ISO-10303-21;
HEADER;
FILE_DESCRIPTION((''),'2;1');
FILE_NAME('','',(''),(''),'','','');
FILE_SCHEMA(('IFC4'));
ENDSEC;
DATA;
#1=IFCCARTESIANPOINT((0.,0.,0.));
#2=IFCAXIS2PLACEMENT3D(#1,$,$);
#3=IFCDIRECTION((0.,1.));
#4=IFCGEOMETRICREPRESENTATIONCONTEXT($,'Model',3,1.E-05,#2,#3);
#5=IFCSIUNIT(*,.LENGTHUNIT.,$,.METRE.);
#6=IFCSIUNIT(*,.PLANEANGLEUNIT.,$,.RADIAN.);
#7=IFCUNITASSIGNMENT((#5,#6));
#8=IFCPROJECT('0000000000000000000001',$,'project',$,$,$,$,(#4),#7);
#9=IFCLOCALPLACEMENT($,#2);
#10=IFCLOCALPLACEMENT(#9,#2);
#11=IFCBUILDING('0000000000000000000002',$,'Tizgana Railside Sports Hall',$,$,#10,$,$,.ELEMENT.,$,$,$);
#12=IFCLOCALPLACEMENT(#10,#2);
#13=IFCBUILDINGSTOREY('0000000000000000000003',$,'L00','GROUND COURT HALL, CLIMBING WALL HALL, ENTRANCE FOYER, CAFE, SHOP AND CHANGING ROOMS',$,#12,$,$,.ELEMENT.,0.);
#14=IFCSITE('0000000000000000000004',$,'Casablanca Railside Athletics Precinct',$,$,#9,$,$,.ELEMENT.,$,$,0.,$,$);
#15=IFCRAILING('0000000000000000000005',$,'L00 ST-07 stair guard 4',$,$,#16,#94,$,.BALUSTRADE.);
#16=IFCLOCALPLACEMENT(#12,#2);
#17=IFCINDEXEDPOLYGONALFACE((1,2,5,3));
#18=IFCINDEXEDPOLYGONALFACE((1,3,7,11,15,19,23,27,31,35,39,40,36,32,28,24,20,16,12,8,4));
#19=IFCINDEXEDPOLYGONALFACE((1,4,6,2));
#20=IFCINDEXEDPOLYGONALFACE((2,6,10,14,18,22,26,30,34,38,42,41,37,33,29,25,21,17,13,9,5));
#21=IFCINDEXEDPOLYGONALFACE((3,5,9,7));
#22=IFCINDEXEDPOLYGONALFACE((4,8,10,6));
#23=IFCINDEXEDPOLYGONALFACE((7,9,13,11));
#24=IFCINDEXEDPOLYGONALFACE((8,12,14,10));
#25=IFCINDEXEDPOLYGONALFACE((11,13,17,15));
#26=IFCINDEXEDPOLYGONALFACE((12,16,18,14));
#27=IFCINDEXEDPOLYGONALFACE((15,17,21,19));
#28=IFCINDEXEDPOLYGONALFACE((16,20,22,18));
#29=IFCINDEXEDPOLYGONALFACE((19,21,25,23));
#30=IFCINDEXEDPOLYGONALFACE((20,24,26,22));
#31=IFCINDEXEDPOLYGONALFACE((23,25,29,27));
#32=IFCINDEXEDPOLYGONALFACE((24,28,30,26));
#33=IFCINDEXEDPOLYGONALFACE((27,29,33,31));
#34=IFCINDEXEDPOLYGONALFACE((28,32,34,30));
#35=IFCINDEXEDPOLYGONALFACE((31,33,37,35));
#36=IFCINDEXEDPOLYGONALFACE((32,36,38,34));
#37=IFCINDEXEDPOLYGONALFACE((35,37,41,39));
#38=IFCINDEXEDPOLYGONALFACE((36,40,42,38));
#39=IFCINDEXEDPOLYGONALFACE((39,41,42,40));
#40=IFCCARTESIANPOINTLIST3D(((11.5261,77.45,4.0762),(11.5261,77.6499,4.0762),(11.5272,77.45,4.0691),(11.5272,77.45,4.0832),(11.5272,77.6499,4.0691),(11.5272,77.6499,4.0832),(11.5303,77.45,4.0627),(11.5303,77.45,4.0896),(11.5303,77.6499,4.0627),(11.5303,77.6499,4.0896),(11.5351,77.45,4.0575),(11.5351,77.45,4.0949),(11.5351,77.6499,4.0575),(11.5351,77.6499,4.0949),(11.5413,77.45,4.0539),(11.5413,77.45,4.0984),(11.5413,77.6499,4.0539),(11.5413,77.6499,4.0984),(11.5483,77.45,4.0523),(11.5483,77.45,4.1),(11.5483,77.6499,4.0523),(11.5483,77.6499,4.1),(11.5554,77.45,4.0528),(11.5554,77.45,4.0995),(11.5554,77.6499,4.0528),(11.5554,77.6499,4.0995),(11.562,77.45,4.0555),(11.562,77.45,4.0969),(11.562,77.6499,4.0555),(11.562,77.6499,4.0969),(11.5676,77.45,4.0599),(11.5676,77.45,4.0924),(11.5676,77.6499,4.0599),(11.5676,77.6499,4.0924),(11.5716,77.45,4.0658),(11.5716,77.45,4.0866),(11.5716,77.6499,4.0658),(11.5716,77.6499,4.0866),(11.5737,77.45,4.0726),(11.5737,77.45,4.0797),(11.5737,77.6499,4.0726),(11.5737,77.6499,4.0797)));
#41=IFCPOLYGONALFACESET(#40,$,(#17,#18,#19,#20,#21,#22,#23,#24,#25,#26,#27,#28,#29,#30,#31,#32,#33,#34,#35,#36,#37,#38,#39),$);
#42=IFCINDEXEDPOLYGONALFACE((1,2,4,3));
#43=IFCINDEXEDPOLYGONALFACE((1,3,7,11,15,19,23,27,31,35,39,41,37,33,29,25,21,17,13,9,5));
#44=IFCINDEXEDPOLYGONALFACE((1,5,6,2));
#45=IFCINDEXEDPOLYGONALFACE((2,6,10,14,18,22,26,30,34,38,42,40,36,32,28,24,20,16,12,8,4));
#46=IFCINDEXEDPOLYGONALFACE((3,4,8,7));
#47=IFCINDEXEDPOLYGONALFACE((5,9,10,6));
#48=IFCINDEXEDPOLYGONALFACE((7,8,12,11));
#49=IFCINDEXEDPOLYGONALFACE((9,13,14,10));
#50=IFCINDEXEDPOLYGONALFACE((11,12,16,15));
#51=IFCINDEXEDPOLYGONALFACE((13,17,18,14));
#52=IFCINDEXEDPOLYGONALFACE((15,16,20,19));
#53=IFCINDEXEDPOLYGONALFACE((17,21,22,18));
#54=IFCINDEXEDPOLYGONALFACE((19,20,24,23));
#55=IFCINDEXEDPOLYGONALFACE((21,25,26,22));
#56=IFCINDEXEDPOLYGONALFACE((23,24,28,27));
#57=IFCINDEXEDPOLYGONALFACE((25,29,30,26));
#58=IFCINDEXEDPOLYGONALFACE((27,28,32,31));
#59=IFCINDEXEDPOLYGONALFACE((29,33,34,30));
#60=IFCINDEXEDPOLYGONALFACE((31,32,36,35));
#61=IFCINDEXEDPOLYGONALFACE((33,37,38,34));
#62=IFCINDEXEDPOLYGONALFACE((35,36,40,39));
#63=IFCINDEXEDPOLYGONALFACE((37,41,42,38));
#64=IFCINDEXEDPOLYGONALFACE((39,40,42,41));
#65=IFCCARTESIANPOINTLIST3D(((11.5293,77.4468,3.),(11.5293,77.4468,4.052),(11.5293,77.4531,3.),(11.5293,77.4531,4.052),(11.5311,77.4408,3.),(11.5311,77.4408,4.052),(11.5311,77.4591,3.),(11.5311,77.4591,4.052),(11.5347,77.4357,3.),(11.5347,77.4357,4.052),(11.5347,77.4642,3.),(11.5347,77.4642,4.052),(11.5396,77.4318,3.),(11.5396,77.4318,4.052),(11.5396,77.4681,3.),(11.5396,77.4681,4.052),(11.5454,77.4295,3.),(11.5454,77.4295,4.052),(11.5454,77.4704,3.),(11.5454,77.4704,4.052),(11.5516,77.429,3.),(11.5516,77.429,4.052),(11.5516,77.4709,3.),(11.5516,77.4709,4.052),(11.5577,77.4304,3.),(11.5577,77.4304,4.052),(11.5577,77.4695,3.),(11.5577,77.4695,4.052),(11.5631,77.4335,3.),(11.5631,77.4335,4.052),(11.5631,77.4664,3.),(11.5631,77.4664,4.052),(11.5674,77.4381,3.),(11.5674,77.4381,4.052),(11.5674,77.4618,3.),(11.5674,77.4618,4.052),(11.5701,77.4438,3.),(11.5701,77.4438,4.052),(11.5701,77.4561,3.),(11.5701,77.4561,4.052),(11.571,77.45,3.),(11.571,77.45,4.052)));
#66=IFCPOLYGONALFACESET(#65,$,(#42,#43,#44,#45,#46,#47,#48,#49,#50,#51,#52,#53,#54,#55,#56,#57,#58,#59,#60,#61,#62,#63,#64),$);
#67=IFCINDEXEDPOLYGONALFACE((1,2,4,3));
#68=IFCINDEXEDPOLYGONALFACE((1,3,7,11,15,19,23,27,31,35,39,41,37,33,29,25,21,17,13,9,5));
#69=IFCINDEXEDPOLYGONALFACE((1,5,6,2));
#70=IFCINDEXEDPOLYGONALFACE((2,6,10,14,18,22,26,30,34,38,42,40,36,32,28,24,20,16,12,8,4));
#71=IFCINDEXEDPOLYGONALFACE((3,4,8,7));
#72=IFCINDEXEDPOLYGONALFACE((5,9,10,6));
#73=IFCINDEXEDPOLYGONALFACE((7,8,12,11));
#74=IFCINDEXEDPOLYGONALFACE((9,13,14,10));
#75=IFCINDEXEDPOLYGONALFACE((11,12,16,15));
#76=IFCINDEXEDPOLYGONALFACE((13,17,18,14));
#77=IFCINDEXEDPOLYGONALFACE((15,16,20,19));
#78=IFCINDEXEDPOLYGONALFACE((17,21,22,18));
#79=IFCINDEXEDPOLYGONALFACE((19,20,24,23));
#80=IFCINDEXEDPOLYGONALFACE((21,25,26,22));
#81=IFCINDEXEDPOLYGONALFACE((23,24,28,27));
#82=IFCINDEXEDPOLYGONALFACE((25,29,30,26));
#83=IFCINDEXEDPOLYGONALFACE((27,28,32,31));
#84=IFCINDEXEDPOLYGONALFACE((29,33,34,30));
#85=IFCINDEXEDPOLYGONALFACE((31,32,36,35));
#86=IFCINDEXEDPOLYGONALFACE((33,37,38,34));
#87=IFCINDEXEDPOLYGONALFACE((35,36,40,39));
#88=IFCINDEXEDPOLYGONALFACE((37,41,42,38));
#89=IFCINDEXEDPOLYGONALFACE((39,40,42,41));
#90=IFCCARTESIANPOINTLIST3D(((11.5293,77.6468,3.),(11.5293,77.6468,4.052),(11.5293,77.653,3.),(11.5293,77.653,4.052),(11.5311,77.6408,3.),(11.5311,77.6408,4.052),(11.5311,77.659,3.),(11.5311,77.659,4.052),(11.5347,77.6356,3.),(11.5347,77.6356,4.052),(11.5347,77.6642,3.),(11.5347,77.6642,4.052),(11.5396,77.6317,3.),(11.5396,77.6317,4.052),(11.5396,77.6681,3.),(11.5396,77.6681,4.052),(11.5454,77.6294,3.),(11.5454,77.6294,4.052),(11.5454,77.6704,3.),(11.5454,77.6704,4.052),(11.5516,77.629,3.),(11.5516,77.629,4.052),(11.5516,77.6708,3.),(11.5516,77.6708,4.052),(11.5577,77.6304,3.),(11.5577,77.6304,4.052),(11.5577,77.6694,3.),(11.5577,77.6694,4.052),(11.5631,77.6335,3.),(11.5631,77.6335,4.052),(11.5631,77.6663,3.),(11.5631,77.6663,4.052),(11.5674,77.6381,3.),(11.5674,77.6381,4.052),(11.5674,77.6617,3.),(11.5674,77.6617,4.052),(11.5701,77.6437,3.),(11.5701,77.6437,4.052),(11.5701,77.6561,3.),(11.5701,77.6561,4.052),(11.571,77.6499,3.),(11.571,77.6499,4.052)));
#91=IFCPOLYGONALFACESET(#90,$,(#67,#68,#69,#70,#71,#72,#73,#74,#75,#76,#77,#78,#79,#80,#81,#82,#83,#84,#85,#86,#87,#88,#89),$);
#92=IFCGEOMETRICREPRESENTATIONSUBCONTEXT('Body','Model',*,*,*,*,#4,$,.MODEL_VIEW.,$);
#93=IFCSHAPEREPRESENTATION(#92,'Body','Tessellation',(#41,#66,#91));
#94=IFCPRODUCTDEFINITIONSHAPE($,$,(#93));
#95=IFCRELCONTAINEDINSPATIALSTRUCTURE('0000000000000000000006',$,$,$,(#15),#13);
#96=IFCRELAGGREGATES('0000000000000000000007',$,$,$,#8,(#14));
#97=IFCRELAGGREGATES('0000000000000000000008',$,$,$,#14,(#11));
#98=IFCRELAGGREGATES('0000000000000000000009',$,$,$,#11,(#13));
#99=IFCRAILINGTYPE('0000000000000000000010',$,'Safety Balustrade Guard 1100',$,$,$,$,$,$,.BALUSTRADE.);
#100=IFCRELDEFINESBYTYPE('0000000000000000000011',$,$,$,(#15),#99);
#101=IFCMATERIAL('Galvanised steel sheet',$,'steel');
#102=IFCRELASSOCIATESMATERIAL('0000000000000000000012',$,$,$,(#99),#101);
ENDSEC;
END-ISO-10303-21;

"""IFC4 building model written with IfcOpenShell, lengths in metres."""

from ifc_helpers import new_model, si_unit, direction, frame, origin, origin_2d, place, context, subcontext, project, spatial, circle, extrude, material, type_object, element, save


model = new_model("IFC4")

# Units and contexts
model_context = context("Model", 3, precision=1e-05, world=origin(), true_north=direction((0.0, 1.0)))
body_context = subcontext(model_context, "Body", "Model", "MODEL_VIEW")
ifc_project = project(units=[si_unit("LENGTHUNIT", "METRE"), si_unit("PLANEANGLEUNIT", "RADIAN")], contexts=[model_context])

# Site, building, storey
site_placement = place(None, origin())
site = spatial("IfcSite", under=ifc_project, at=site_placement, Name="Casablanca Railside Athletics Precinct", CompositionType="ELEMENT", RefElevation=0.0)
building_placement = place(site_placement, origin())
building = spatial("IfcBuilding", under=site, at=building_placement, Name="Tizgana Railside Sports Hall", CompositionType="ELEMENT")
storey_placement = place(building_placement, origin())
storey = spatial("IfcBuildingStorey", under=building, at=storey_placement, Name="L00", Description="GROUND COURT HALL, CLIMBING WALL HALL, ENTRANCE FOYER, CAFE, SHOP AND CHANGING ROOMS", CompositionType="ELEMENT", Elevation=0.0)

# Railing
ifc_material_1 = material(Name="Galvanised steel sheet", Category="steel")
railing_type_1 = type_object("IfcRailingType", Name="Safety Balustrade Guard 1100", PredefinedType="BALUSTRADE", material=ifc_material_1)
railing_1_placement = place(storey_placement, frame((11.55, 77.45, 3.0)))
element("IfcRailing", 1, at=railing_1_placement, inside=storey, type_object=railing_type_1, Name="L00 ST-07 stair guard 4", PredefinedType="BALUSTRADE", context=body_context, shape_type="SweptSolid", body=[
    extrude(circle(Radius=0.0239, at=origin_2d()), frame((0.0, 0.0, 1.0762), z_axis=(0.0, 1.0, 0.0), x_axis=(-1.0, 0.0, 0.0)), (0.0, 0.0, 1.0), 0.2),
    extrude(circle(Radius=0.021, at=origin_2d()), origin(), (0.0, 0.0, 1.0), 1.052),
    extrude(circle(Radius=0.021, at=origin_2d()), frame((0.0, 0.2, 0.0)), (0.0, 0.0, 1.0), 1.052),
])

save(model, "model.ifc")
